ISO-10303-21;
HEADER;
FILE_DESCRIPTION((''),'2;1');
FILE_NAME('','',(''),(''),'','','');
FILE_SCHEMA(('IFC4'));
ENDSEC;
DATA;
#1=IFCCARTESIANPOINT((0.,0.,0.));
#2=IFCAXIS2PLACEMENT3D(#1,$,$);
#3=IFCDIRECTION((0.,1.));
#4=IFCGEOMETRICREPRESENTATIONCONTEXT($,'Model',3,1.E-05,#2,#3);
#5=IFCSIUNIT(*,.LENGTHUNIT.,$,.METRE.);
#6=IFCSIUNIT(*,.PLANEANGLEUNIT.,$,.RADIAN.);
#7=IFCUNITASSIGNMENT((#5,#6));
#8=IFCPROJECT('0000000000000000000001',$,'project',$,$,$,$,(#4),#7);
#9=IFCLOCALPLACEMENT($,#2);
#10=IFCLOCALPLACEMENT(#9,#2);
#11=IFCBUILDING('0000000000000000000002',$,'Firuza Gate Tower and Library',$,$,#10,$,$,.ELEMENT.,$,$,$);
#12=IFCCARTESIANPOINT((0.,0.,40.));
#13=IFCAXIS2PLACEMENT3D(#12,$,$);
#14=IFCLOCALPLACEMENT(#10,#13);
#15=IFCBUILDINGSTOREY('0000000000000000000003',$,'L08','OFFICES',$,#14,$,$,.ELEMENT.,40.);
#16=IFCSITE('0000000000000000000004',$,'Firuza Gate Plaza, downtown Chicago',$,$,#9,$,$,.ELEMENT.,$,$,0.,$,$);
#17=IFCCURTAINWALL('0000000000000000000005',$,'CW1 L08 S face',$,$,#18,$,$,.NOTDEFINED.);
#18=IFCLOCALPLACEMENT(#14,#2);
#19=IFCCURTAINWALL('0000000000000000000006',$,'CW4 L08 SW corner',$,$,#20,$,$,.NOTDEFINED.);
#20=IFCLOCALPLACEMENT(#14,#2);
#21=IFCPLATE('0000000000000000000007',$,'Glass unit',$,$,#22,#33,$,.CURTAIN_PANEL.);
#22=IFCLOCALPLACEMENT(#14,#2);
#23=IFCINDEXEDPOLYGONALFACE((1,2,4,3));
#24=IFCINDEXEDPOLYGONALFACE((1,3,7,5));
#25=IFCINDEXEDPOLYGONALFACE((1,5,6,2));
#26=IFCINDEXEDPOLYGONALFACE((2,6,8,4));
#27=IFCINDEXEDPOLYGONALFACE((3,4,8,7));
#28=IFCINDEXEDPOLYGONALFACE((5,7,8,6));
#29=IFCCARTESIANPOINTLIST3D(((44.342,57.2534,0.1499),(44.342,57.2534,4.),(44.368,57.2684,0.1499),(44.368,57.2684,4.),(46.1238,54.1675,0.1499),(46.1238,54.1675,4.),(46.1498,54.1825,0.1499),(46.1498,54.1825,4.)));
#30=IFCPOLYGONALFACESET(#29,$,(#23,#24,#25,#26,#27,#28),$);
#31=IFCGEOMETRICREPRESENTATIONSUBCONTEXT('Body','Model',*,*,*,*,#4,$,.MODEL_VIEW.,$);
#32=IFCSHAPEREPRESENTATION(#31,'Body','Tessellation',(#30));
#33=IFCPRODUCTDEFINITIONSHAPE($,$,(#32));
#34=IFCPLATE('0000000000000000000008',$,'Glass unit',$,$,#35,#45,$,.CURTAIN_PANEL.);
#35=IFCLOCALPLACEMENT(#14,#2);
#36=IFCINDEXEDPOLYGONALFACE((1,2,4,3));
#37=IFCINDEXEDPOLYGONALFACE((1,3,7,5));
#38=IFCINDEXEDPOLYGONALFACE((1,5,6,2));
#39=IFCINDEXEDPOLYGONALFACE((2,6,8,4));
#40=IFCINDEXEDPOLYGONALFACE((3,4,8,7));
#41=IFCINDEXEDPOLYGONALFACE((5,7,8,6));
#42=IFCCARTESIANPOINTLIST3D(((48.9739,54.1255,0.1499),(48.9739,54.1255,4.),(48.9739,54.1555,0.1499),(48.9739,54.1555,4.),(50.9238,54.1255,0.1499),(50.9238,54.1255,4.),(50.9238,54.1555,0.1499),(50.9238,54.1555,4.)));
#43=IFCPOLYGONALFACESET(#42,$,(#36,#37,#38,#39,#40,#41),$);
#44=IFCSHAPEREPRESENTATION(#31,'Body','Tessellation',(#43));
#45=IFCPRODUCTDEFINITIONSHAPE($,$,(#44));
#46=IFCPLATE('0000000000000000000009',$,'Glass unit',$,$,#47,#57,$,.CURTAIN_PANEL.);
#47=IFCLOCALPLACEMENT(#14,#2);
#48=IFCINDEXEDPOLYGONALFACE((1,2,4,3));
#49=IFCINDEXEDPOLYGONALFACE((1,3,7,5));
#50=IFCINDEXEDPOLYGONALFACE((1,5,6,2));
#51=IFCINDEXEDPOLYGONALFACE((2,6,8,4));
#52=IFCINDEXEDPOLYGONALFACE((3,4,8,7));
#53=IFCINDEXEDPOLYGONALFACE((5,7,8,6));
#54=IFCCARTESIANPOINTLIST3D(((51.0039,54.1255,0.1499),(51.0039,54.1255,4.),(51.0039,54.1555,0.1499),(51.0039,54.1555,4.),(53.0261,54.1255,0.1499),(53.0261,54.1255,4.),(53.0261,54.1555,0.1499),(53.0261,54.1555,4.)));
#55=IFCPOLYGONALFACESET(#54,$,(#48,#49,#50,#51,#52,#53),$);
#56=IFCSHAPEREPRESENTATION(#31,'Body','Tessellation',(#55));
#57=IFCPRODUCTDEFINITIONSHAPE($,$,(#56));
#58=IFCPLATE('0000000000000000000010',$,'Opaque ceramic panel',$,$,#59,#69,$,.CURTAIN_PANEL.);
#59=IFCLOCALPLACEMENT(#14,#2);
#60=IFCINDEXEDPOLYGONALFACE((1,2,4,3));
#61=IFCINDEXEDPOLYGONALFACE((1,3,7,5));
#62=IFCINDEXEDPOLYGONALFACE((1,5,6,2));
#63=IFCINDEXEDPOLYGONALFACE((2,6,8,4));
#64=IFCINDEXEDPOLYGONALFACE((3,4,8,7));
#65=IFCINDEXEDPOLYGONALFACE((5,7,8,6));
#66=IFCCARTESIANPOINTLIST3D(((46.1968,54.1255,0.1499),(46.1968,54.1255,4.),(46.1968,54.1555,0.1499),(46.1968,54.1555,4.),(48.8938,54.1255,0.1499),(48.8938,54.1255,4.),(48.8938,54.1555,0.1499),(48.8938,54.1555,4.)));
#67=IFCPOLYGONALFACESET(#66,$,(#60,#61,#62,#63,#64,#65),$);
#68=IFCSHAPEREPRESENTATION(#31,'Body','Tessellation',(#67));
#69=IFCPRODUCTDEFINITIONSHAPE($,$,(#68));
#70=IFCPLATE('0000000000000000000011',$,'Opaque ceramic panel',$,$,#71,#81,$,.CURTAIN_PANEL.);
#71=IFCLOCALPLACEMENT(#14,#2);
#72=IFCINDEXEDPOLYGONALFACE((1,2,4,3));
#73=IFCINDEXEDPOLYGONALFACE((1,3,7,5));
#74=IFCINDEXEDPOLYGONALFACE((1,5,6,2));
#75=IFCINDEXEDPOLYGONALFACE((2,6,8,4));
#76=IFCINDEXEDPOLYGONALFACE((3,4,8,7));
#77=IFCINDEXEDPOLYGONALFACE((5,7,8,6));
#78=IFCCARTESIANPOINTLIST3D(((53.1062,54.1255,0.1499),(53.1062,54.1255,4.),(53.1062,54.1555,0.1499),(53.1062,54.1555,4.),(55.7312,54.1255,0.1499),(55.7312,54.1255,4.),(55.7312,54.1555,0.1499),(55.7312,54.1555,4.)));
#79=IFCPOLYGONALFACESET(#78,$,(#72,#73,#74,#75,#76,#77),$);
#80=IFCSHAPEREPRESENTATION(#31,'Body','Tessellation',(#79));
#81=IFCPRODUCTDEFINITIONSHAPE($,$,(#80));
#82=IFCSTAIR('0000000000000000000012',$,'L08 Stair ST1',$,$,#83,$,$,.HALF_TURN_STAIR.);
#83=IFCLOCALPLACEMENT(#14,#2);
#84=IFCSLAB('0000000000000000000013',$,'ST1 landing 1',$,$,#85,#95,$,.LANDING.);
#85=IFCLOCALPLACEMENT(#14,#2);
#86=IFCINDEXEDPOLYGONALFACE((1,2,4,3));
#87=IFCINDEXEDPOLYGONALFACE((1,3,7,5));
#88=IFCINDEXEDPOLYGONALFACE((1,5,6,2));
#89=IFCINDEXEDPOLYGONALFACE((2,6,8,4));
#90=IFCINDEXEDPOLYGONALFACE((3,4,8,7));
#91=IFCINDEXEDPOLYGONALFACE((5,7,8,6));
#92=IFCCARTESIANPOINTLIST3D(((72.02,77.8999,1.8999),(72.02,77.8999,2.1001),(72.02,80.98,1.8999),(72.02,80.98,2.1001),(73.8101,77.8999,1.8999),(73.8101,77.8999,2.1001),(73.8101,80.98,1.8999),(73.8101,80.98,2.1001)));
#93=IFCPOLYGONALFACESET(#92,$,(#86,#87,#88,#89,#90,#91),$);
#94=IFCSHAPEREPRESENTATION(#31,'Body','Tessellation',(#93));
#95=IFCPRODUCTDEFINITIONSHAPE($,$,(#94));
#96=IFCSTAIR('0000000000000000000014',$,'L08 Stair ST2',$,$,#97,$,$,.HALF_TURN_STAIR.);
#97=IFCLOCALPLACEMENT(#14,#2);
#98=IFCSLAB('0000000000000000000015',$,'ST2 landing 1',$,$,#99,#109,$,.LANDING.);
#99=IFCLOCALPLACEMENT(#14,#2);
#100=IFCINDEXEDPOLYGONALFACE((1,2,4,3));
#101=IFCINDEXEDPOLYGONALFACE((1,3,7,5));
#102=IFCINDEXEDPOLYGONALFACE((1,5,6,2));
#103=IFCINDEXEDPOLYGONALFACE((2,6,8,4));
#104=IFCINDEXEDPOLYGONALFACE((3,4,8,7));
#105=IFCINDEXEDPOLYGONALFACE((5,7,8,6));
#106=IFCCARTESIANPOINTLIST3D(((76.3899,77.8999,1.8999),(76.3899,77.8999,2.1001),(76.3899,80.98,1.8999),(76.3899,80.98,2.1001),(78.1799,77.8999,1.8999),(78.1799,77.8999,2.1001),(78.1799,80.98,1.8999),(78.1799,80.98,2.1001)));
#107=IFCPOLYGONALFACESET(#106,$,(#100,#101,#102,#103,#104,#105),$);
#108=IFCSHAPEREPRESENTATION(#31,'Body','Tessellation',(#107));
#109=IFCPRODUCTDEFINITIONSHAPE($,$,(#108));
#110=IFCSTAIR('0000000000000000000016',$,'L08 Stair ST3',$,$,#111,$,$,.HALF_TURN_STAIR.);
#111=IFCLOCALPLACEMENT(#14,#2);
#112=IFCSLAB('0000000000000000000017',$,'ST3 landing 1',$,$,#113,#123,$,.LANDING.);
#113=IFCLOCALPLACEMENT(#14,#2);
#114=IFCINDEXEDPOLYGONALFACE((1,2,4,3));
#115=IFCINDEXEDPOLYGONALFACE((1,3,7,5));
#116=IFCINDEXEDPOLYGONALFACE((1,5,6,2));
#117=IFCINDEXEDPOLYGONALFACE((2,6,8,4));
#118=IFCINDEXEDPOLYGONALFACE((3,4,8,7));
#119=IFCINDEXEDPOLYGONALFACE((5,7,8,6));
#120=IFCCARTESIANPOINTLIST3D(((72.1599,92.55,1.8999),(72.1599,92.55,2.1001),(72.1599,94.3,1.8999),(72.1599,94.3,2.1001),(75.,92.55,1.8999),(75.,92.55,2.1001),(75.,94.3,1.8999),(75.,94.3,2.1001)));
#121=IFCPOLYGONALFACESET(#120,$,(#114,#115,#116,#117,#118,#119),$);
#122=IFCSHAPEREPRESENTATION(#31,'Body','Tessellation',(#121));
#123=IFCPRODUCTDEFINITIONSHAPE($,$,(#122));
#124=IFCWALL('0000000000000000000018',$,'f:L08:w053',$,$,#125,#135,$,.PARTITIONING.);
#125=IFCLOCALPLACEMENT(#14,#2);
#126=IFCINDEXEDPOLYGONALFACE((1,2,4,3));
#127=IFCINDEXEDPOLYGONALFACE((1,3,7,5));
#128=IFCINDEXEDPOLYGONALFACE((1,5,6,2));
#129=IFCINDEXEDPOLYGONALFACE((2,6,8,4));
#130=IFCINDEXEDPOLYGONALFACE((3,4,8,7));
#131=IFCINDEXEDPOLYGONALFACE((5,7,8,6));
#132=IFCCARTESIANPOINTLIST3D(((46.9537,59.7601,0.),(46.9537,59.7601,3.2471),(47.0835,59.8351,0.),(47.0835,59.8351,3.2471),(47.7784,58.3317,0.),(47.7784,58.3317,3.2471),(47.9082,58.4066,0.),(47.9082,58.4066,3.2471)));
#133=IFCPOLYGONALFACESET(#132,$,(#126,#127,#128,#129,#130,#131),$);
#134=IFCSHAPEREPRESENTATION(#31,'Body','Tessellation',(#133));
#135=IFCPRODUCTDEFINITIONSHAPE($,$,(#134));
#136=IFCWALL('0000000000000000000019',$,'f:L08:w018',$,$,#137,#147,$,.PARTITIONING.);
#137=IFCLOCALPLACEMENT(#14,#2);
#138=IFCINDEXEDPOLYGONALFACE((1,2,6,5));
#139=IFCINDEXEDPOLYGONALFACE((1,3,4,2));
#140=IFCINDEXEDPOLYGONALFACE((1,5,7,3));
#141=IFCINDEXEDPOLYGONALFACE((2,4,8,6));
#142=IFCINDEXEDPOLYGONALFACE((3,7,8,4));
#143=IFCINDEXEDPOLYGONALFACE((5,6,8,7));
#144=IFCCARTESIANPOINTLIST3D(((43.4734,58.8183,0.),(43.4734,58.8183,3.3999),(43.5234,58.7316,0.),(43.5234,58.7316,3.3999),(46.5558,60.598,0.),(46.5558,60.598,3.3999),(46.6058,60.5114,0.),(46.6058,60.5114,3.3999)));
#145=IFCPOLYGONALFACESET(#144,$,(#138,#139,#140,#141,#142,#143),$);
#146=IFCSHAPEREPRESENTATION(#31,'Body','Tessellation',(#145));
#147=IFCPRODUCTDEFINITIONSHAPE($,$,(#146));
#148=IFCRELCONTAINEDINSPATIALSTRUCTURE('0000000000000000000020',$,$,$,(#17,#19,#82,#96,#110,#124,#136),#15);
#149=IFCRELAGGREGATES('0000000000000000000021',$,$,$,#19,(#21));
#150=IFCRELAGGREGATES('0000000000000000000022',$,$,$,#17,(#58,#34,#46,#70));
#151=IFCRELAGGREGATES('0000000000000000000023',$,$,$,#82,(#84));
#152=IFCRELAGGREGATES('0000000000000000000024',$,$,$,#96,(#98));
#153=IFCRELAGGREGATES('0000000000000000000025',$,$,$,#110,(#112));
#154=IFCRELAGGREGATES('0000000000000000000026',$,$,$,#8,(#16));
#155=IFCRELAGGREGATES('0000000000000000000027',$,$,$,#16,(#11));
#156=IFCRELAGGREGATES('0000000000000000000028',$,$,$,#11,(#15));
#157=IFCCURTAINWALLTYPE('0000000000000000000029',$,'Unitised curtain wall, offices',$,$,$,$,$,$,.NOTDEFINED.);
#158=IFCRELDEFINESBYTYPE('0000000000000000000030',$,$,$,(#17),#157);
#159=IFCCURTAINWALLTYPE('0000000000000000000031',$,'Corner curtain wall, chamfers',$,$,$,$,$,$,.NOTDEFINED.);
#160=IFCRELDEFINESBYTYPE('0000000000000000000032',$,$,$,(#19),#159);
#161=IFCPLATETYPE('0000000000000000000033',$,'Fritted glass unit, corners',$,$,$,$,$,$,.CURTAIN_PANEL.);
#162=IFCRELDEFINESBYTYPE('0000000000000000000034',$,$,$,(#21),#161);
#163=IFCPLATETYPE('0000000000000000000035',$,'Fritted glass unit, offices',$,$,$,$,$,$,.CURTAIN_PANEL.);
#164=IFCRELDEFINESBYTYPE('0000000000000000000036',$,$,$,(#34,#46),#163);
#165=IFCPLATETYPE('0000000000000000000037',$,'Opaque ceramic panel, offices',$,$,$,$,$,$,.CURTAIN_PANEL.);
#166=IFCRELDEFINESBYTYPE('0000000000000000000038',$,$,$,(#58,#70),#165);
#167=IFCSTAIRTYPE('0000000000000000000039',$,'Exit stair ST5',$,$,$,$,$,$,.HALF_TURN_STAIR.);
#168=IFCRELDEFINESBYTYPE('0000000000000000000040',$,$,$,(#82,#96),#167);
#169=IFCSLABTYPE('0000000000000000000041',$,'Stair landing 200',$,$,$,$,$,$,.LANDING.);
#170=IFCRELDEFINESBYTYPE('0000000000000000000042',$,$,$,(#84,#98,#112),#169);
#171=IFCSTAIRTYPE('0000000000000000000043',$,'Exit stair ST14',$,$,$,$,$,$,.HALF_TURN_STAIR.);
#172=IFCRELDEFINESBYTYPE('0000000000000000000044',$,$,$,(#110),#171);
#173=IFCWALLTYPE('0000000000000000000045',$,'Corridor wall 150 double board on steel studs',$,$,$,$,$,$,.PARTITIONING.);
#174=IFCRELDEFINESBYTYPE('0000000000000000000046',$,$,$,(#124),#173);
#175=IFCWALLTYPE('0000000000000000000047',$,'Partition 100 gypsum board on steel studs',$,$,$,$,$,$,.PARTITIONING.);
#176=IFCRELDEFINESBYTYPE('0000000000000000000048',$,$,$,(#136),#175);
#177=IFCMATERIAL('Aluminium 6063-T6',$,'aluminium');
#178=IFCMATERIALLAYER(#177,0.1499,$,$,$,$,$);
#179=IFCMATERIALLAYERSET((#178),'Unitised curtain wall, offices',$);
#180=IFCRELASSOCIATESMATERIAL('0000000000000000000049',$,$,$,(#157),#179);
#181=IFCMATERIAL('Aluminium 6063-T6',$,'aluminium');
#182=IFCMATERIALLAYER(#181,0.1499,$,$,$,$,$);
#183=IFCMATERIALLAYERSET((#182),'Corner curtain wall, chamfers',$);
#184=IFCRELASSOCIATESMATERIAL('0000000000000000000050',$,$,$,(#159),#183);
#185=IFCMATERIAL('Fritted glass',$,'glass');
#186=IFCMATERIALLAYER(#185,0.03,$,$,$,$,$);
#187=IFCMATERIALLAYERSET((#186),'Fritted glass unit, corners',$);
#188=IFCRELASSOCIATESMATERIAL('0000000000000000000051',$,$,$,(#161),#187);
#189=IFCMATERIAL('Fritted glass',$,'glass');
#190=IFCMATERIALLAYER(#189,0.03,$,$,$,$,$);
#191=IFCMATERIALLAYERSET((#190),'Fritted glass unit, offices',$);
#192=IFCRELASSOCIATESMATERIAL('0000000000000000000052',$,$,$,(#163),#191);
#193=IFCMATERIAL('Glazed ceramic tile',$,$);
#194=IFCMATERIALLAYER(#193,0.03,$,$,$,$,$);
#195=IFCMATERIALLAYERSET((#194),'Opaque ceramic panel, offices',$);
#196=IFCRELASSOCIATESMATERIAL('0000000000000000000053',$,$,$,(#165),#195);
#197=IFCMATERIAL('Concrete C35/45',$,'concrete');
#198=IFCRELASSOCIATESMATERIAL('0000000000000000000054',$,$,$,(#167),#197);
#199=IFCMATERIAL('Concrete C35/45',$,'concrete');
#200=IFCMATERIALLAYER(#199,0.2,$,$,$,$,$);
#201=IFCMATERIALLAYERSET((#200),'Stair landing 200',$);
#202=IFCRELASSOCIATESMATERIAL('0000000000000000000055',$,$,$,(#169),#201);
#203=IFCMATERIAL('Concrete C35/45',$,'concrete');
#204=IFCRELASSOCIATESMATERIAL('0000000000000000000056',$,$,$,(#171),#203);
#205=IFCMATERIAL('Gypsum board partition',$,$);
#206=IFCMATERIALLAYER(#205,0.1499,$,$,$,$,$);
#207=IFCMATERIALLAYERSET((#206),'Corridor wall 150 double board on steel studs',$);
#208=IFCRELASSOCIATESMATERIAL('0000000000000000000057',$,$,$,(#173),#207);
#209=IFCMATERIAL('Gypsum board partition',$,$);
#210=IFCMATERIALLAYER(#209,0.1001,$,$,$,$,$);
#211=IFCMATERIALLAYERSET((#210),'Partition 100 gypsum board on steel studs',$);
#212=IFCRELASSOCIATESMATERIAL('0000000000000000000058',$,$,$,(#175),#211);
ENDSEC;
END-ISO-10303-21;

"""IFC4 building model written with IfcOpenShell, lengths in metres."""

from ifc_helpers import new_model, si_unit, direction, frame, frame_2d, origin, place, context, subcontext, project, spatial, polyline, rectangle, outline, extrude, material, layer, layer_set, type_object, element, aggregate, save


model = new_model("IFC4")

# Units and contexts
model_context = context("Model", 3, precision=1e-05, world=origin(), true_north=direction((0.0, 1.0)))
body_context = subcontext(model_context, "Body", "Model", "MODEL_VIEW")
ifc_project = project(units=[si_unit("LENGTHUNIT", "METRE"), si_unit("PLANEANGLEUNIT", "RADIAN")], contexts=[model_context])

# Site, building, storey
site_placement = place(None, origin())
site = spatial("IfcSite", under=ifc_project, at=site_placement, Name="Firuza Gate Plaza, downtown Chicago", CompositionType="ELEMENT", RefElevation=0.0)
building_placement = place(site_placement, origin())
building = spatial("IfcBuilding", under=site, at=building_placement, Name="Firuza Gate Tower and Library", CompositionType="ELEMENT")
storey_placement = place(building_placement, frame((0.0, 0.0, 40.0)))
storey = spatial("IfcBuildingStorey", under=building, at=storey_placement, Name="L08", Description="OFFICES", CompositionType="ELEMENT", Elevation=40.0)

# Curtain walls
ifc_material_1 = material(Name="Aluminium 6063-T6", Category="aluminium")
ifc_layer_1 = layer(ifc_material_1, 0.1499)
ifc_layer_set_1 = layer_set([ifc_layer_1], Name="Unitised curtain wall, offices")
curtain_wall_type_1 = type_object("IfcCurtainWallType", Name="Unitised curtain wall, offices", PredefinedType="NOTDEFINED", material=ifc_layer_set_1)
placement_1 = place(storey_placement, origin())
curtain_wall_1 = element("IfcCurtainWall", 1, at=placement_1, inside=storey, type_object=curtain_wall_type_1, Name="CW1 L08 S face", PredefinedType="NOTDEFINED")
ifc_material_2 = material(Name="Aluminium 6063-T6", Category="aluminium")
ifc_layer_2 = layer(ifc_material_2, 0.1499)
ifc_layer_set_2 = layer_set([ifc_layer_2], Name="Corner curtain wall, chamfers")
curtain_wall_type_2 = type_object("IfcCurtainWallType", Name="Corner curtain wall, chamfers", PredefinedType="NOTDEFINED", material=ifc_layer_set_2)
curtain_wall_2 = element("IfcCurtainWall", 2, at=placement_1, inside=storey, type_object=curtain_wall_type_2, Name="CW4 L08 SW corner", PredefinedType="NOTDEFINED")

# Plates
ifc_material_3 = material(Name="Fritted glass", Category="glass")
ifc_layer_3 = layer(ifc_material_3, 0.03)
ifc_layer_set_3 = layer_set([ifc_layer_3], Name="Fritted glass unit, corners")
plate_type_1 = type_object("IfcPlateType", Name="Fritted glass unit, corners", PredefinedType="CURTAIN_PANEL", material=ifc_layer_set_3)
plate_1_placement = place(storey_placement, frame((44.342, 57.2534, 0.1499), z_axis=(-0.866017, -0.500015, 0.0), x_axis=(0.500015, -0.866017, 0.0)))
plate_1 = element("IfcPlate", 3, at=plate_1_placement, type_object=plate_type_1, Name="Glass unit", PredefinedType="CURTAIN_PANEL", context=body_context, shape_type="SweptSolid", body=[
    extrude(outline(polyline([(0.0, 0.0), (3.5634, 0.0), (3.5634, 3.8501), (0.0, 3.8501), (0.0, 0.0)])), origin(), (0.0, 0.0, -1.0), 0.03),
])
aggregate(curtain_wall_2, [plate_1])
ifc_material_4 = material(Name="Fritted glass", Category="glass")
ifc_layer_4 = layer(ifc_material_4, 0.03)
ifc_layer_set_4 = layer_set([ifc_layer_4], Name="Fritted glass unit, offices")
plate_type_2 = type_object("IfcPlateType", Name="Fritted glass unit, offices", PredefinedType="CURTAIN_PANEL", material=ifc_layer_set_4)
plate_2_placement = place(storey_placement, frame((48.9739, 54.1255, 0.1499), z_axis=(0.0, -1.0, 0.0), x_axis=(1.0, 0.0, 0.0)))
plate_2 = element("IfcPlate", 4, at=plate_2_placement, type_object=plate_type_2, Name="Glass unit", PredefinedType="CURTAIN_PANEL", context=body_context, shape_type="SweptSolid", body=[
    extrude(outline(polyline([(0.0, 0.0), (1.95, 0.0), (1.95, 3.8501), (0.0, 3.8501), (0.0, 0.0)])), origin(), (0.0, 0.0, -1.0), 0.03),
])
plate_3_placement = place(storey_placement, frame((51.0039, 54.1255, 0.1499), z_axis=(0.0, -1.0, 0.0), x_axis=(1.0, 0.0, 0.0)))
plate_3 = element("IfcPlate", 5, at=plate_3_placement, type_object=plate_type_2, Name="Glass unit", PredefinedType="CURTAIN_PANEL", context=body_context, shape_type="SweptSolid", body=[
    extrude(outline(polyline([(0.0, 0.0), (2.0222, 0.0), (2.0222, 3.8501), (0.0, 3.8501), (0.0, 0.0)])), origin(), (0.0, 0.0, -1.0), 0.03),
])
ifc_material_5 = material(Name="Glazed ceramic tile")
ifc_layer_5 = layer(ifc_material_5, 0.03)
ifc_layer_set_5 = layer_set([ifc_layer_5], Name="Opaque ceramic panel, offices")
plate_type_3 = type_object("IfcPlateType", Name="Opaque ceramic panel, offices", PredefinedType="CURTAIN_PANEL", material=ifc_layer_set_5)
plate_4_placement = place(storey_placement, frame((46.1968, 54.1255, 0.1499), z_axis=(0.0, -1.0, 0.0), x_axis=(1.0, 0.0, 0.0)))
plate_4 = element("IfcPlate", 6, at=plate_4_placement, type_object=plate_type_3, Name="Opaque ceramic panel", PredefinedType="CURTAIN_PANEL", context=body_context, shape_type="SweptSolid", body=[
    extrude(outline(polyline([(0.0, 0.0), (2.697, 0.0), (2.697, 3.8501), (0.0, 3.8501), (0.0, 0.0)])), origin(), (0.0, 0.0, -1.0), 0.03),
])
plate_5_placement = place(storey_placement, frame((53.1062, 54.1255, 0.1499), z_axis=(0.0, -1.0, 0.0), x_axis=(1.0, 0.0, 0.0)))
plate_5 = element("IfcPlate", 7, at=plate_5_placement, type_object=plate_type_3, Name="Opaque ceramic panel", PredefinedType="CURTAIN_PANEL", context=body_context, shape_type="SweptSolid", body=[
    extrude(outline(polyline([(0.0, 0.0), (2.625, 0.0), (2.625, 3.8501), (0.0, 3.8501), (0.0, 0.0)])), origin(), (0.0, 0.0, -1.0), 0.03),
])
aggregate(curtain_wall_1, [plate_4, plate_2, plate_3, plate_5])

# Stairs, slabs
ifc_material_6 = material(Name="Concrete C35/45", Category="concrete")
stair_type_1 = type_object("IfcStairType", Name="Exit stair ST5", PredefinedType="HALF_TURN_STAIR", material=ifc_material_6)
stair_1 = element("IfcStair", 8, at=placement_1, inside=storey, type_object=stair_type_1, Name="L08 Stair ST1", PredefinedType="HALF_TURN_STAIR")
ifc_material_7 = material(Name="Concrete C35/45", Category="concrete")
ifc_layer_6 = layer(ifc_material_7, 0.2)
ifc_layer_set_6 = layer_set([ifc_layer_6], Name="Stair landing 200")
slab_type_1 = type_object("IfcSlabType", Name="Stair landing 200", PredefinedType="LANDING", material=ifc_layer_set_6)
placement_2 = place(storey_placement, frame((0.0, 0.0, 1.8999)))
slab_1 = element("IfcSlab", 9, at=placement_2, type_object=slab_type_1, Name="ST1 landing 1", PredefinedType="LANDING", context=body_context, shape_type="SweptSolid", body=[
    extrude(outline(polyline([(72.02, 77.8999), (73.8101, 77.8999), (73.8101, 80.98), (72.02, 80.98), (72.02, 77.8999)])), origin(), (0.0, 0.0, 1.0), 0.2002),
])
aggregate(stair_1, [slab_1])
stair_2 = element("IfcStair", 10, at=placement_1, inside=storey, type_object=stair_type_1, Name="L08 Stair ST2", PredefinedType="HALF_TURN_STAIR")
slab_2 = element("IfcSlab", 11, at=placement_2, type_object=slab_type_1, Name="ST2 landing 1", PredefinedType="LANDING", context=body_context, shape_type="SweptSolid", body=[
    extrude(outline(polyline([(78.1799, 80.98), (76.3899, 80.98), (76.3899, 77.8999), (78.1799, 77.8999), (78.1799, 80.98)])), origin(), (0.0, 0.0, 1.0), 0.2002),
])
aggregate(stair_2, [slab_2])
ifc_material_8 = material(Name="Concrete C35/45", Category="concrete")
stair_type_2 = type_object("IfcStairType", Name="Exit stair ST14", PredefinedType="HALF_TURN_STAIR", material=ifc_material_8)
stair_3 = element("IfcStair", 12, at=placement_1, inside=storey, type_object=stair_type_2, Name="L08 Stair ST3", PredefinedType="HALF_TURN_STAIR")
slab_3 = element("IfcSlab", 13, at=placement_2, type_object=slab_type_1, Name="ST3 landing 1", PredefinedType="LANDING", context=body_context, shape_type="SweptSolid", body=[
    extrude(outline(polyline([(75.0, 92.55), (75.0, 94.3), (72.1599, 94.3), (72.1599, 92.55), (75.0, 92.55)])), origin(), (0.0, 0.0, 1.0), 0.2002),
])
aggregate(stair_3, [slab_3])

# Walls
ifc_material_9 = material(Name="Gypsum board partition")
ifc_layer_7 = layer(ifc_material_9, 0.1499)
ifc_layer_set_7 = layer_set([ifc_layer_7], Name="Corridor wall 150 double board on steel studs")
wall_type_1 = type_object("IfcWallType", Name="Corridor wall 150 double board on steel studs", PredefinedType="PARTITIONING", material=ifc_layer_set_7)
wall_1_placement = place(storey_placement, frame((47.8433, 58.3691, 0.0), z_axis=(0.0, 0.0, 1.0), x_axis=(-0.499992, 0.86603, 0.0)))
element("IfcWall", 14, at=wall_1_placement, inside=storey, type_object=wall_type_1, Name="f:L08:w053", PredefinedType="PARTITIONING", context=body_context, shape_type="SweptSolid", body=[
    extrude(rectangle(XDim=1.6494, YDim=0.1499, at=frame_2d((0.8247, 0.0))), origin(), (0.0, 0.0, 1.0), 3.2471),
])
ifc_material_10 = material(Name="Gypsum board partition")
ifc_layer_8 = layer(ifc_material_10, 0.1001)
ifc_layer_set_8 = layer_set([ifc_layer_8], Name="Partition 100 gypsum board on steel studs")
wall_type_2 = type_object("IfcWallType", Name="Partition 100 gypsum board on steel studs", PredefinedType="PARTITIONING", material=ifc_layer_set_8)
wall_2_placement = place(storey_placement, frame((43.4983, 58.7749, 0.0), z_axis=(0.0, 0.0, 1.0), x_axis=(0.866014, 0.500019, 0.0)))
element("IfcWall", 15, at=wall_2_placement, inside=storey, type_object=wall_type_2, Name="f:L08:w018", PredefinedType="PARTITIONING", context=body_context, shape_type="SweptSolid", body=[
    extrude(rectangle(XDim=3.5593, YDim=0.1001, at=frame_2d((1.7798, 0.0))), origin(), (0.0, 0.0, 1.0), 3.3999),
])

save(model, "model.ifc")
